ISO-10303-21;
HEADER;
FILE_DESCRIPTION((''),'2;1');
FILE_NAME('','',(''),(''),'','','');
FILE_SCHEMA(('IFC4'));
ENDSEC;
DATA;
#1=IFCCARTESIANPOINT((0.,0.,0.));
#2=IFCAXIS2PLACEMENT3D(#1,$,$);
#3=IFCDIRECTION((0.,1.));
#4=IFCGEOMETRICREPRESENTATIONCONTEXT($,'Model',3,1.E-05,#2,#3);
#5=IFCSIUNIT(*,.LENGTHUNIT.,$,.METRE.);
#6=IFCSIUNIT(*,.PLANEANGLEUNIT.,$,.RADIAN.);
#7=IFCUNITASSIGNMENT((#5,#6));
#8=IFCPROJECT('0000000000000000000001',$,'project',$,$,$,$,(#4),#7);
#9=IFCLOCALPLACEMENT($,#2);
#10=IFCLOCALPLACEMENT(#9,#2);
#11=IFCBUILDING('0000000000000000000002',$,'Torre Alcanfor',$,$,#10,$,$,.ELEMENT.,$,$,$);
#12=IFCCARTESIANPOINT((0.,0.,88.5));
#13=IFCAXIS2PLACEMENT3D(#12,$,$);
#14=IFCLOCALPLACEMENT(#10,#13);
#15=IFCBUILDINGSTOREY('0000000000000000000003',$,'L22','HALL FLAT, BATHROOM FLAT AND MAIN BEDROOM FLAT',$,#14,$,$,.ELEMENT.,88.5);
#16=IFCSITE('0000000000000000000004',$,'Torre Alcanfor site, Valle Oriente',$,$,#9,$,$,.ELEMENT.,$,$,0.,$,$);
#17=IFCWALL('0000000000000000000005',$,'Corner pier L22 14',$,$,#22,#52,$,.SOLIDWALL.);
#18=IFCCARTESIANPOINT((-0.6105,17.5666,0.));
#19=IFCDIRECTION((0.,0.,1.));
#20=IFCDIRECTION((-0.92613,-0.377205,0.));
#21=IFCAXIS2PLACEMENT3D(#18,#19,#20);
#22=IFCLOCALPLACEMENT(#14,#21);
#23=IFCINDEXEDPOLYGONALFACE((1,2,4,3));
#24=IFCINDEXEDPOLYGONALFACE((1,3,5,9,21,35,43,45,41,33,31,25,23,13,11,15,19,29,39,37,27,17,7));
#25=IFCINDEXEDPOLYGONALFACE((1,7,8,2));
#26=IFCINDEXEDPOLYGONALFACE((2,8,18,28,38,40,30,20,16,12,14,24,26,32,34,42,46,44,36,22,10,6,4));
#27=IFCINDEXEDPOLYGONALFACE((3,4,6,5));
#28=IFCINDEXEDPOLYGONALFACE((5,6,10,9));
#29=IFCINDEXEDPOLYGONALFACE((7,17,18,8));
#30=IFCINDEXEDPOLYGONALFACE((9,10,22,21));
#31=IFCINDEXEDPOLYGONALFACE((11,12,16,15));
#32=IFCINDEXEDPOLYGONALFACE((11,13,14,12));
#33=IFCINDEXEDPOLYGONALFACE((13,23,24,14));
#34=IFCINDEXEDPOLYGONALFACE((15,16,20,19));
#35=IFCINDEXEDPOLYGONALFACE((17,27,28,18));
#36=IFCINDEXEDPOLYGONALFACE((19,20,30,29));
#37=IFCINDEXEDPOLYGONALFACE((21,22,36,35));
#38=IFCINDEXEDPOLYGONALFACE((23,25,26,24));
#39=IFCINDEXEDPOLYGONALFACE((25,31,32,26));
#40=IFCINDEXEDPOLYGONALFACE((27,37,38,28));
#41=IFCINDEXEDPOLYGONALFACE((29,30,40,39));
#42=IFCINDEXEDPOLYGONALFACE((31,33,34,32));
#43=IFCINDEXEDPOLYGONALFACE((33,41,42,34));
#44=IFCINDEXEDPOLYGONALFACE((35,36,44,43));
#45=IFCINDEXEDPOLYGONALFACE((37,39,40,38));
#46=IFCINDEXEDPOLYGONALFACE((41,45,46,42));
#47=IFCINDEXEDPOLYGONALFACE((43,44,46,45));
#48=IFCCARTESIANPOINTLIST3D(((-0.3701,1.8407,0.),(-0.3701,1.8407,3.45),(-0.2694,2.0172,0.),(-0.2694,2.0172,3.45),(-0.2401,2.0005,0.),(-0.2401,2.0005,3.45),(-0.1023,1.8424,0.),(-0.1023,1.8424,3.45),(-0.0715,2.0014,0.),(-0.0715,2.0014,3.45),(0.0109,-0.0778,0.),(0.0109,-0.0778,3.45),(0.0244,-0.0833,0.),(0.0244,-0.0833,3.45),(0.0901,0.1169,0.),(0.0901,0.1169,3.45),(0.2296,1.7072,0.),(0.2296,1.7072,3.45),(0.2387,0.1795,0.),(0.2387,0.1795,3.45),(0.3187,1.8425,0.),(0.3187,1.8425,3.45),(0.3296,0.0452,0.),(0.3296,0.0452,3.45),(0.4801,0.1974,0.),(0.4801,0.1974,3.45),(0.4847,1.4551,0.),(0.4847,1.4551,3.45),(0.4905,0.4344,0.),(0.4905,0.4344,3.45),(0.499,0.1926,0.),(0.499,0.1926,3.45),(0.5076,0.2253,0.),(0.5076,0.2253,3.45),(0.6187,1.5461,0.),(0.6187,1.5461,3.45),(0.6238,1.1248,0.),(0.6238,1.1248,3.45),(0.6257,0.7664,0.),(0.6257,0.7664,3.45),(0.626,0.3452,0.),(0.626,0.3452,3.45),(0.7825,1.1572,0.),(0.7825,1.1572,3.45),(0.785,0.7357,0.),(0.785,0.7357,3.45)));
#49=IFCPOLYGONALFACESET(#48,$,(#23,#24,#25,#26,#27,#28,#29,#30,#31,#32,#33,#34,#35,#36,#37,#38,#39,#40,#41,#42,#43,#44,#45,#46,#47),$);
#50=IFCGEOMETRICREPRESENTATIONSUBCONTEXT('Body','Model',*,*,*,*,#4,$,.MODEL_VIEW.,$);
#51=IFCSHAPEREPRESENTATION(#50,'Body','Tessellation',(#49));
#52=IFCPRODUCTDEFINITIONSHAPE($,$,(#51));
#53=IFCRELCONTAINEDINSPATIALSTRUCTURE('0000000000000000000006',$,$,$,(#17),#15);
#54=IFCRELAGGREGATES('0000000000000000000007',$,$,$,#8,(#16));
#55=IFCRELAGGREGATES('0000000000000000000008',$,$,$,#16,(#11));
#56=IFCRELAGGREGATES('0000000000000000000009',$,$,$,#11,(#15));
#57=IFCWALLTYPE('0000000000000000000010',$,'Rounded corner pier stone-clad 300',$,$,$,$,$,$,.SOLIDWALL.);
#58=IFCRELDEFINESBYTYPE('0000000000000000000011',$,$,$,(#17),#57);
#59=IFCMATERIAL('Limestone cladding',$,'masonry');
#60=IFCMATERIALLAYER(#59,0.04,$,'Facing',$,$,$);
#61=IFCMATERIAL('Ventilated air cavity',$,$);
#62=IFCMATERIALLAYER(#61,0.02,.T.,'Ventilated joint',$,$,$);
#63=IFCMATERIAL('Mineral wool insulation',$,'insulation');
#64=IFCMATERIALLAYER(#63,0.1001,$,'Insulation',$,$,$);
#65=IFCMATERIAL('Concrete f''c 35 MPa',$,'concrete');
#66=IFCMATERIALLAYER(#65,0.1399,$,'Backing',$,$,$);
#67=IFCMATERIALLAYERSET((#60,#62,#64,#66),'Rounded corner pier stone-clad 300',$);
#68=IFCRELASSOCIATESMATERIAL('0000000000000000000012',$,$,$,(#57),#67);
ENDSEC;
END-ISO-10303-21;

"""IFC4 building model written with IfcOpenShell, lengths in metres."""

from ifc_helpers import new_model, si_unit, direction, frame, origin, place, context, subcontext, project, spatial, polyline, outline, extrude, material, layer, layer_set, type_object, element, save


model = new_model("IFC4")

# Units and contexts
model_context = context("Model", 3, precision=1e-05, world=origin(), true_north=direction((0.0, 1.0)))
body_context = subcontext(model_context, "Body", "Model", "MODEL_VIEW")
ifc_project = project(units=[si_unit("LENGTHUNIT", "METRE"), si_unit("PLANEANGLEUNIT", "RADIAN")], contexts=[model_context])

# Site, building, storey
site_placement = place(None, origin())
site = spatial("IfcSite", under=ifc_project, at=site_placement, Name="Torre Alcanfor site, Valle Oriente", CompositionType="ELEMENT", RefElevation=0.0)
building_placement = place(site_placement, origin())
building = spatial("IfcBuilding", under=site, at=building_placement, Name="Torre Alcanfor", CompositionType="ELEMENT")
storey_placement = place(building_placement, frame((0.0, 0.0, 88.5)))
storey = spatial("IfcBuildingStorey", under=building, at=storey_placement, Name="L22", Description="HALL FLAT, BATHROOM FLAT AND MAIN BEDROOM FLAT", CompositionType="ELEMENT", Elevation=88.5)

# Wall
ifc_material_1 = material(Name="Limestone cladding", Category="masonry")
ifc_layer_1 = layer(ifc_material_1, 0.04, Name="Facing")
ifc_material_2 = material(Name="Ventilated air cavity")
ifc_layer_2 = layer(ifc_material_2, 0.02, ventilated=True, Name="Ventilated joint")
ifc_material_3 = material(Name="Mineral wool insulation", Category="insulation")
ifc_layer_3 = layer(ifc_material_3, 0.1001, Name="Insulation")
ifc_material_4 = material(Name="Concrete f'c 35 MPa", Category="concrete")
ifc_layer_4 = layer(ifc_material_4, 0.1399, Name="Backing")
ifc_layer_set_1 = layer_set([ifc_layer_1, ifc_layer_2, ifc_layer_3, ifc_layer_4], Name="Rounded corner pier stone-clad 300")
wall_type_1 = type_object("IfcWallType", Name="Rounded corner pier stone-clad 300", PredefinedType="SOLIDWALL", material=ifc_layer_set_1)
wall_1_placement = place(storey_placement, frame((-0.6105, 17.5666, 0.0), z_axis=(0.0, 0.0, 1.0), x_axis=(-0.92613, -0.377205, 0.0)))
element("IfcWall", 1, at=wall_1_placement, inside=storey, type_object=wall_type_1, Name="Corner pier L22 14", PredefinedType="SOLIDWALL", context=body_context, shape_type="SweptSolid", body=[
    extrude(outline(polyline([(-0.2694, 2.0172), (-0.3701, 1.8407), (-0.1023, 1.8424), (0.2296, 1.7072), (0.4847, 1.4551), (0.6238, 1.1248), (0.6257, 0.7664), (0.4905, 0.4344), (0.2387, 0.1795), (0.0901, 0.1169), (0.0109, -0.0778), (0.0244, -0.0833), (0.3296, 0.0452), (0.4801, 0.1974), (0.499, 0.1926), (0.5076, 0.2253), (0.626, 0.3452), (0.785, 0.7357), (0.7825, 1.1572), (0.6187, 1.5461), (0.3187, 1.8425), (-0.0715, 2.0014), (-0.2401, 2.0005), (-0.2694, 2.0172)])), origin(), (0.0, 0.0, 1.0), 3.45),
])

save(model, "model.ifc")
